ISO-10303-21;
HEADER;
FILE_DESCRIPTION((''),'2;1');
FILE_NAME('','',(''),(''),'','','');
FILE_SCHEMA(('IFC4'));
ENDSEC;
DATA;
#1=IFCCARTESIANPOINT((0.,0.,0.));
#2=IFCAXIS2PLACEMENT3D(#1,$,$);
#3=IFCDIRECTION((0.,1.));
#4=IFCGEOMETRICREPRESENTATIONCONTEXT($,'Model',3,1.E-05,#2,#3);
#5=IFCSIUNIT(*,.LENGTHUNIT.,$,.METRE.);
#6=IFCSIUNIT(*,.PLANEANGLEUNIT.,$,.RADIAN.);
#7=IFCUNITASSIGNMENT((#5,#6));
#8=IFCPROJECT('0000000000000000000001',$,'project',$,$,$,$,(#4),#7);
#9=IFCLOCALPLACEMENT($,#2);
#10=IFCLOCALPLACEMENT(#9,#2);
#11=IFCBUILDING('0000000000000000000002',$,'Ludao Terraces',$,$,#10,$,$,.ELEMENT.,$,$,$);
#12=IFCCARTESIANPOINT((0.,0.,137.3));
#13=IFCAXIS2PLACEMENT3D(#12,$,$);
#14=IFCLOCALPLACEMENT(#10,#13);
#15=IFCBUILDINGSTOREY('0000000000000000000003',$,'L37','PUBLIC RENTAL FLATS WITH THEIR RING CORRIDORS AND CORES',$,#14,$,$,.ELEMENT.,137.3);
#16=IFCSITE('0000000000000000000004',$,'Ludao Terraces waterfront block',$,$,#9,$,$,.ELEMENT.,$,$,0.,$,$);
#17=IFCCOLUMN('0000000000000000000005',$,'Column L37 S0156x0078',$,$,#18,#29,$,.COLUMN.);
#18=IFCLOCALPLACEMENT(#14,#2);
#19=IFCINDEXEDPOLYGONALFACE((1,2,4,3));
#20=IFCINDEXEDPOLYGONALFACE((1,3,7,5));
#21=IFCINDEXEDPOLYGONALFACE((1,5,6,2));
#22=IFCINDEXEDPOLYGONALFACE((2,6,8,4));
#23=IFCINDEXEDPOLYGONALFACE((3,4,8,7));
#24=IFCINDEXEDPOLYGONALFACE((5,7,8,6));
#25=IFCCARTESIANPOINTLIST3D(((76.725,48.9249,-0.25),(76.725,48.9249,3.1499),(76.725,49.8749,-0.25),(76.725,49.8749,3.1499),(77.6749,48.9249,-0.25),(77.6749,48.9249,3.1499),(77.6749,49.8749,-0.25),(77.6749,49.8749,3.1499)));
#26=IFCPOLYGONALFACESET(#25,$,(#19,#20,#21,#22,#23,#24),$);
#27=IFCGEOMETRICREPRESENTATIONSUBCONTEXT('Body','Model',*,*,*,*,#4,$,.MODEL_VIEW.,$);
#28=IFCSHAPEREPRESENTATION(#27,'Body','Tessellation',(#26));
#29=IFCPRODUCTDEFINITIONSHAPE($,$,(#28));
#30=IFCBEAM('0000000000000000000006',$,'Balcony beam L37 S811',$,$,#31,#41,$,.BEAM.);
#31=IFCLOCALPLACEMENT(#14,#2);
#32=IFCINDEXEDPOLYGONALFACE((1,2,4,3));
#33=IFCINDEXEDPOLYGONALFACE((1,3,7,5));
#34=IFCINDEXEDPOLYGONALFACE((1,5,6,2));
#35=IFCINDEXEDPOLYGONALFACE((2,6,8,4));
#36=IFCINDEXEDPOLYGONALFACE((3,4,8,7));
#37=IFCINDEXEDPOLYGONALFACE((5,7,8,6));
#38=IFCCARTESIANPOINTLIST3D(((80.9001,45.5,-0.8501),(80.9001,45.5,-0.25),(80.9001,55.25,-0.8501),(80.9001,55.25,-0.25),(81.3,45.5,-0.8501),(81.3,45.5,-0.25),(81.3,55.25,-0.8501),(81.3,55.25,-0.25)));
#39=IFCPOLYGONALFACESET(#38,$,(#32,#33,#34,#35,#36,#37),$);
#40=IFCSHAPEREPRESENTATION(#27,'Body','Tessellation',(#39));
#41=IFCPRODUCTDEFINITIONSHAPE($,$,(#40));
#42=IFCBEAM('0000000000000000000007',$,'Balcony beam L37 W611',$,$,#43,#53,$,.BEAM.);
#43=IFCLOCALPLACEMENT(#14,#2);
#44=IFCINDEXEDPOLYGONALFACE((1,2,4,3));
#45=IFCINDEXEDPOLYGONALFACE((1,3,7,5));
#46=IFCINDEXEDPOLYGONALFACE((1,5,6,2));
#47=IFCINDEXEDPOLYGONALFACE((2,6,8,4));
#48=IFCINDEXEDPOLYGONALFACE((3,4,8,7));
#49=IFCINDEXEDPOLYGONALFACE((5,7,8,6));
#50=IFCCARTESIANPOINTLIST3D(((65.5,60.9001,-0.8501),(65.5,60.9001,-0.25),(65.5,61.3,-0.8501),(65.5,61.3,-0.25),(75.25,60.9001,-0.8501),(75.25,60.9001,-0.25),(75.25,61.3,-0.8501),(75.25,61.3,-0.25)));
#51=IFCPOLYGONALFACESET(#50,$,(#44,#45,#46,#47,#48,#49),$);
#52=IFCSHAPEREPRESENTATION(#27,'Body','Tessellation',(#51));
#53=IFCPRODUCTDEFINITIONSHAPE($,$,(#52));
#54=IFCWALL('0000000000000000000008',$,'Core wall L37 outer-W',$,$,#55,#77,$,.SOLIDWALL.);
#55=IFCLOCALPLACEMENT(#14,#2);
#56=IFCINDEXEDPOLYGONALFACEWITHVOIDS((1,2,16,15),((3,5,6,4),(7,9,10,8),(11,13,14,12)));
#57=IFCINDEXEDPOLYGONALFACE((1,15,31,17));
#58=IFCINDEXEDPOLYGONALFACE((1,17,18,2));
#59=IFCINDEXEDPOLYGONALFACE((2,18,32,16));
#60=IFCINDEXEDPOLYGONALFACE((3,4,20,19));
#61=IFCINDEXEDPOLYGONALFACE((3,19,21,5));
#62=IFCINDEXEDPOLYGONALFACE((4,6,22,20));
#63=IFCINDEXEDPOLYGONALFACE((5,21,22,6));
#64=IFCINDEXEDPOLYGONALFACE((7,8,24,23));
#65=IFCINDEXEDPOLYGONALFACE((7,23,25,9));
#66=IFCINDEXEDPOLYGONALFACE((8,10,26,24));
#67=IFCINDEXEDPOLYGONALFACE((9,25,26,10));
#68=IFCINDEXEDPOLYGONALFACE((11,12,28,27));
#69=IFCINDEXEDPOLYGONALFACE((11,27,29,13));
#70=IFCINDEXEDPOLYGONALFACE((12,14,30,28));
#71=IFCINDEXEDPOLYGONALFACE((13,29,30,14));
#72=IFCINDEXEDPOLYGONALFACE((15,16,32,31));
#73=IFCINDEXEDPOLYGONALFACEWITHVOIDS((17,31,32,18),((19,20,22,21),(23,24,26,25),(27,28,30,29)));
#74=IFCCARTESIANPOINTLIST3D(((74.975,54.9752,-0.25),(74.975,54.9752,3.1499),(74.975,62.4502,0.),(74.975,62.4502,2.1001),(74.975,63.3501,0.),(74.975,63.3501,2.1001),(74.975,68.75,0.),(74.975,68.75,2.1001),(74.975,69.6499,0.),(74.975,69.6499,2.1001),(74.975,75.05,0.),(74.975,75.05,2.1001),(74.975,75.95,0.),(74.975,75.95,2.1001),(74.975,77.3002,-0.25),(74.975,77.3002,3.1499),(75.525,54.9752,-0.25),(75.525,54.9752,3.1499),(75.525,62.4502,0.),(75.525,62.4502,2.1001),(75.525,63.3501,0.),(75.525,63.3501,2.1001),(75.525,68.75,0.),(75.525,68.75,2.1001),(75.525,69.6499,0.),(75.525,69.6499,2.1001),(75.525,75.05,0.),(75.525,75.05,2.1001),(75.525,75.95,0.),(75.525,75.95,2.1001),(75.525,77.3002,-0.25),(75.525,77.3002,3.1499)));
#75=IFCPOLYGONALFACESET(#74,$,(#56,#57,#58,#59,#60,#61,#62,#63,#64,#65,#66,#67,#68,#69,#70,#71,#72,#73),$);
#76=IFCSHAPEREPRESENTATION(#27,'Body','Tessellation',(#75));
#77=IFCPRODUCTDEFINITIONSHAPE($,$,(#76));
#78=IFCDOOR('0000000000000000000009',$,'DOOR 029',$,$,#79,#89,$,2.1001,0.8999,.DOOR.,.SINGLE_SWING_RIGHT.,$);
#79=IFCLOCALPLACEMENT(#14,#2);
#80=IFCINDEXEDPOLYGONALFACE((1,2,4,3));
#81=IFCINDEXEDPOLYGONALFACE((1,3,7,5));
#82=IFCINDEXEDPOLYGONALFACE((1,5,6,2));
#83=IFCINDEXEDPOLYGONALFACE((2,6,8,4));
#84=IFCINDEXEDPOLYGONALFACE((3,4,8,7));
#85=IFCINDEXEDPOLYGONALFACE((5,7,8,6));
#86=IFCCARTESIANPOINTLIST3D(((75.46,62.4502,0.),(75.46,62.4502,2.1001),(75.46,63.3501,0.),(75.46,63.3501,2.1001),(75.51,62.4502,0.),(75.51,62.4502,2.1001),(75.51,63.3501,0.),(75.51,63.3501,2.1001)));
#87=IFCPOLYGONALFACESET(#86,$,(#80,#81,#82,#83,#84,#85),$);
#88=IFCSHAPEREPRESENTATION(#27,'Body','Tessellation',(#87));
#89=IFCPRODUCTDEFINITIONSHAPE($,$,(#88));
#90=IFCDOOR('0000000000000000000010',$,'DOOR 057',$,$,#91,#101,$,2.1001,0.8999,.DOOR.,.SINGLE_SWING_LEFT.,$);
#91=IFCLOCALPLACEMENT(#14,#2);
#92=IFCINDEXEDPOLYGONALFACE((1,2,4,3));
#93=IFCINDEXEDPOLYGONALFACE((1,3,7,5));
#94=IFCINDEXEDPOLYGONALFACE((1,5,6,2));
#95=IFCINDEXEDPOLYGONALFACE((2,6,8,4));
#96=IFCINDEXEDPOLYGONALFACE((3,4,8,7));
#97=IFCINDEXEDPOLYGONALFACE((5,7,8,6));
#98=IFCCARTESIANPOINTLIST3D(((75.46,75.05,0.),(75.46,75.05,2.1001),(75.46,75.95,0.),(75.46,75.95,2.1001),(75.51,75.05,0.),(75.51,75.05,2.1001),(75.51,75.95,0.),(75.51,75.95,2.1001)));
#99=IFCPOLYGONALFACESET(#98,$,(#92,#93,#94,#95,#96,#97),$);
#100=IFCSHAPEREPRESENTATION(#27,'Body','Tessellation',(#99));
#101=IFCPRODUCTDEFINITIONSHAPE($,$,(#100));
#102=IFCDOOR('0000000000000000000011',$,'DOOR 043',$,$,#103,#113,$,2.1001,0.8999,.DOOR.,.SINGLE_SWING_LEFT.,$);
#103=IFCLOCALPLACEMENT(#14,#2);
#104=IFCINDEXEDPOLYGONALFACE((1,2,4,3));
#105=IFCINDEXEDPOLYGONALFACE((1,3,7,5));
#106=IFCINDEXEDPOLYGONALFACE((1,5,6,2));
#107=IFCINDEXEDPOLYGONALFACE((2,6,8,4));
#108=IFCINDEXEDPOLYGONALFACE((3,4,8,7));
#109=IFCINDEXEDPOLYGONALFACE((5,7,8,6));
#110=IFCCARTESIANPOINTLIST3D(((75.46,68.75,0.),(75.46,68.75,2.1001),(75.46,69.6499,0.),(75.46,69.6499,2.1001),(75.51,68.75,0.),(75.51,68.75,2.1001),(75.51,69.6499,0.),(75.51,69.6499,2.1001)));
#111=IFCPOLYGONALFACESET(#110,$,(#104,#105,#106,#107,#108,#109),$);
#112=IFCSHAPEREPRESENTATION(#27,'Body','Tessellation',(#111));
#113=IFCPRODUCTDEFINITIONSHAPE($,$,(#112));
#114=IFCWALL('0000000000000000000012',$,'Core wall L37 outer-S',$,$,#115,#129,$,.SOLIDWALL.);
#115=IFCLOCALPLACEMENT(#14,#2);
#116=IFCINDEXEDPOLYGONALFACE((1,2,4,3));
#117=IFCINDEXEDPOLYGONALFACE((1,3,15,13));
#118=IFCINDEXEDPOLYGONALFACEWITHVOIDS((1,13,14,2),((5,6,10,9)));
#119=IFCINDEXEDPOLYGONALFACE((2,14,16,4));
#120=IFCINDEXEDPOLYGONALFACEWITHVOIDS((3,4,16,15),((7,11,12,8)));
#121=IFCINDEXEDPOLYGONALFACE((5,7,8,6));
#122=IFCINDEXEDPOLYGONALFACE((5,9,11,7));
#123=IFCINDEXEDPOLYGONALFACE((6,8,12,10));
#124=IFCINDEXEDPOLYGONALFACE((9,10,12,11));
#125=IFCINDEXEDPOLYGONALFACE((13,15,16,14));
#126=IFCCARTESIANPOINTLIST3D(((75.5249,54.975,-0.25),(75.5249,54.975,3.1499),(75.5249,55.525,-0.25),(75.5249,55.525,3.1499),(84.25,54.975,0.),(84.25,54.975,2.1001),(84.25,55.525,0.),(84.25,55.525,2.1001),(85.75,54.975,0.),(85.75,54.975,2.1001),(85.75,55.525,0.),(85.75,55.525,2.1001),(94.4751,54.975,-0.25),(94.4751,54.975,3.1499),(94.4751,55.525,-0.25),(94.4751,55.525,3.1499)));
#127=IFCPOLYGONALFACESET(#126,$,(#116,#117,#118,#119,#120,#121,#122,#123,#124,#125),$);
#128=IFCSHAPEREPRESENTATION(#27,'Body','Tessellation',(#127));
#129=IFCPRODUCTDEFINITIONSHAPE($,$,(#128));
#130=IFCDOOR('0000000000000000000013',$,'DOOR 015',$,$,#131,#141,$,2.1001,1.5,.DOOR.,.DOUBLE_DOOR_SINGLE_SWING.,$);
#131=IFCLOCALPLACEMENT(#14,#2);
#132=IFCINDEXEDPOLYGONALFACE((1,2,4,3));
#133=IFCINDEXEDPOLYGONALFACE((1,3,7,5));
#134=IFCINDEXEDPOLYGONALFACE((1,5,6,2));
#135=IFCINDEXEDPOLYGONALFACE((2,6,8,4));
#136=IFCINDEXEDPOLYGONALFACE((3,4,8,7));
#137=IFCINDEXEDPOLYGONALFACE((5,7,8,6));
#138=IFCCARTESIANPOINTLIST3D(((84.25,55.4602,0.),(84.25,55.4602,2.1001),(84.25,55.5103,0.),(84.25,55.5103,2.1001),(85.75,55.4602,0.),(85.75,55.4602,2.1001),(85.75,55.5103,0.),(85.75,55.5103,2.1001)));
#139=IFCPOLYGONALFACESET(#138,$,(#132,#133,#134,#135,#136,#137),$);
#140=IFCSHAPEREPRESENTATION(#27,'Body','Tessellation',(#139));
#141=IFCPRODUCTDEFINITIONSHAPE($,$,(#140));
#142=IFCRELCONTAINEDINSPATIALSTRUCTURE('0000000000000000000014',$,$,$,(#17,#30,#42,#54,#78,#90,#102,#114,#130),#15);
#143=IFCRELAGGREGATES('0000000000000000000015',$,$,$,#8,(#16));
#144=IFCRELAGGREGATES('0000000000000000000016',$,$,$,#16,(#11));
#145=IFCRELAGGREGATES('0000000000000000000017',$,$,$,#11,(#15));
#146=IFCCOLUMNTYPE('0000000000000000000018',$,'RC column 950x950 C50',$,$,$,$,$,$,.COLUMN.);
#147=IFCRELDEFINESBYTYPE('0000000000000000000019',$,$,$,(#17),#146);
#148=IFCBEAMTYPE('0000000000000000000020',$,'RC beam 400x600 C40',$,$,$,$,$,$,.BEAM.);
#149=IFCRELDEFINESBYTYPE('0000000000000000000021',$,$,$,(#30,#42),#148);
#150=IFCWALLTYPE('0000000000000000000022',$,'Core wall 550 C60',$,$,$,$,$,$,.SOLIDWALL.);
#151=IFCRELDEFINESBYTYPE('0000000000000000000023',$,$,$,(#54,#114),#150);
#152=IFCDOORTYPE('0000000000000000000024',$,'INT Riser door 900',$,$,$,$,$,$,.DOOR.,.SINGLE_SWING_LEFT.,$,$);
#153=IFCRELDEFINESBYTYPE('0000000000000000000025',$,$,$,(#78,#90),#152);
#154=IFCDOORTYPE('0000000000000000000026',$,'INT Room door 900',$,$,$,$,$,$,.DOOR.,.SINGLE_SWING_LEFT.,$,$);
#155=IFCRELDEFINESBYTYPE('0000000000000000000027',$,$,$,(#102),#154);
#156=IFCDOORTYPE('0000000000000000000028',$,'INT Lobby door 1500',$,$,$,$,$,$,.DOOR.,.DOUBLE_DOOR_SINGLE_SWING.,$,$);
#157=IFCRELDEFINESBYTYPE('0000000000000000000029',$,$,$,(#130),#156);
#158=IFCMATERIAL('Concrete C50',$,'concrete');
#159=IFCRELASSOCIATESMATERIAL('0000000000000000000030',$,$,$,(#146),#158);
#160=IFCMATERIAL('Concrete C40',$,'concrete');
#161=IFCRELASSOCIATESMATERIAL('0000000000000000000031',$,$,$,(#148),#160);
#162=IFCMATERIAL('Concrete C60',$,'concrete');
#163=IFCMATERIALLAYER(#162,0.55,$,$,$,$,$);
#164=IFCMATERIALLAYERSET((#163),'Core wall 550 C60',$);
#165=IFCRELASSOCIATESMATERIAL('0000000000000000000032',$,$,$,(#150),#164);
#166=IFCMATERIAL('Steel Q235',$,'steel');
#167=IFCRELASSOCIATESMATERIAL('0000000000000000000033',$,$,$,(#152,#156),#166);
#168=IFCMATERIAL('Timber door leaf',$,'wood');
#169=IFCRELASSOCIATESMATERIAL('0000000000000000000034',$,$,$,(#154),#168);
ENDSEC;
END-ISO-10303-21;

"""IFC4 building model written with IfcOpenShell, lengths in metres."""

from ifc_helpers import new_model, si_unit, direction, frame, frame_2d, origin, origin_2d, place, context, subcontext, project, spatial, rectangle, extrude, material, layer, layer_set, material_profile, profile_set, type_object, element, fill, save


model = new_model("IFC4")

# Units and contexts
model_context = context("Model", 3, precision=1e-05, world=origin(), true_north=direction((0.0, 1.0)))
body_context = subcontext(model_context, "Body", "Model", "MODEL_VIEW")
ifc_project = project(units=[si_unit("LENGTHUNIT", "METRE"), si_unit("PLANEANGLEUNIT", "RADIAN")], contexts=[model_context])

# Site, building, storey
site_placement = place(None, origin())
site = spatial("IfcSite", under=ifc_project, at=site_placement, Name="Ludao Terraces waterfront block", CompositionType="ELEMENT", RefElevation=0.0)
building_placement = place(site_placement, origin())
building = spatial("IfcBuilding", under=site, at=building_placement, Name="Ludao Terraces", CompositionType="ELEMENT")
storey_placement = place(building_placement, frame((0.0, 0.0, 137.3)))
storey = spatial("IfcBuildingStorey", under=building, at=storey_placement, Name="L37", Description="PUBLIC RENTAL FLATS WITH THEIR RING CORRIDORS AND CORES", CompositionType="ELEMENT", Elevation=137.3)

# Column
ifc_material_1 = material(Name="Concrete C50", Category="concrete")
ifc_material_profile_1 = material_profile(ifc_material_1, rectangle(XDim=0.95, YDim=0.95, at=origin_2d()), Name="950 X 950")
ifc_profile_set_1 = profile_set([ifc_material_profile_1], Name="Concrete C50")
column_type = type_object("IfcColumnType", Name="RC column 950x950 C50", PredefinedType="COLUMN", material=ifc_profile_set_1)
column_placement = place(storey_placement, frame((77.2, 49.3999, -0.25), z_axis=(0.0, 0.0, 1.0), x_axis=(1.0, 0.0, 0.0)))
element("IfcColumn", 1, at=column_placement, inside=storey, type_object=column_type, Name="Column L37 S0156x0078", PredefinedType="COLUMN", context=body_context, shape_type="SweptSolid", body=[
    extrude(rectangle(XDim=0.95, YDim=0.95, at=origin_2d()), origin(), (0.0, 0.0, 1.0), 3.3999),
])

# Beams
ifc_material_2 = material(Name="Concrete C40", Category="concrete")
ifc_material_profile_2 = material_profile(ifc_material_2, rectangle(XDim=0.3999, YDim=0.6001, at=origin_2d()), Name="400 X 600")
ifc_profile_set_2 = profile_set([ifc_material_profile_2], Name="Concrete C40")
beam_type = type_object("IfcBeamType", Name="RC beam 400x600 C40", PredefinedType="BEAM", material=ifc_profile_set_2)
for number, where, z_axis, x_axis, name in (
    (2, (81.1001, 55.25, -0.55), (0.0, -1.0, 0.0), (1.0, 0.0, 0.0), "Balcony beam L37 S811"),
    (3, (75.25, 61.1001, -0.55), (-1.0, 0.0, 0.0), (0.0, -1.0, 0.0), "Balcony beam L37 W611"),
):
    element("IfcBeam", number, at=place(storey_placement, frame(where, z_axis=z_axis, x_axis=x_axis)), inside=storey, type_object=beam_type, Name=name, PredefinedType="BEAM", context=body_context, shape_type="SweptSolid", body=[
        extrude(rectangle(XDim=0.3999, YDim=0.6001, at=origin_2d()), origin(), (0.0, 0.0, 1.0), 9.75),
    ])

# Wall, openings, doors
ifc_material_3 = material(Name="Concrete C60", Category="concrete")
ifc_layer_1 = layer(ifc_material_3, 0.55)
ifc_layer_set_1 = layer_set([ifc_layer_1], Name="Core wall 550 C60")
wall_type_1 = type_object("IfcWallType", Name="Core wall 550 C60", PredefinedType="SOLIDWALL", material=ifc_layer_set_1)
wall_1_placement = place(storey_placement, frame((75.25, 54.9751, -0.25), z_axis=(0.0, 0.0, 1.0), x_axis=(0.0, 1.0, 0.0)))
wall_1 = element("IfcWall", 4, at=wall_1_placement, inside=storey, type_object=wall_type_1, Name="Core wall L37 outer-W", PredefinedType="SOLIDWALL", context=body_context, shape_type="SweptSolid", body=[
    extrude(rectangle(XDim=22.325, YDim=0.55, at=frame_2d((11.1626, 0.0))), origin(), (0.0, 0.0, 1.0), 3.3999),
])
opening_1_placement = place(wall_1_placement, frame((7.4751, 0.0, 0.25)))
opening_1 = element("IfcOpeningElement", 5, at=opening_1_placement, cuts=wall_1, PredefinedType="OPENING", context=body_context, shape_type="SweptSolid", body=[
    extrude(rectangle(XDim=0.8999, YDim=2.1001, at=frame_2d((0.45, 1.05))), frame((0.0, 0.2852, 0.0), z_axis=(0.0, -1.0, 0.0), x_axis=(1.0, 0.0, 0.0)), (0.0, 0.0, 1.0), 0.5701),
])
opening_2_placement = place(wall_1_placement, frame((13.7749, 0.0, 0.25)))
opening_2 = element("IfcOpeningElement", 6, at=opening_2_placement, cuts=wall_1, PredefinedType="OPENING", context=body_context, shape_type="SweptSolid", body=[
    extrude(rectangle(XDim=0.8999, YDim=2.1001, at=frame_2d((0.45, 1.05))), frame((0.0, 0.2852, 0.0), z_axis=(0.0, -1.0, 0.0), x_axis=(1.0, 0.0, 0.0)), (0.0, 0.0, 1.0), 0.5701),
])
opening_3_placement = place(wall_1_placement, frame((20.075, 0.0, 0.25)))
opening_3 = element("IfcOpeningElement", 7, at=opening_3_placement, cuts=wall_1, PredefinedType="OPENING", context=body_context, shape_type="SweptSolid", body=[
    extrude(rectangle(XDim=0.8999, YDim=2.1001, at=frame_2d((0.45, 1.05))), frame((0.0, 0.2852, 0.0), z_axis=(0.0, -1.0, 0.0), x_axis=(1.0, 0.0, 0.0)), (0.0, 0.0, 1.0), 0.5701),
])
ifc_material_4 = material(Name="Steel Q235", Category="steel")
door_type_1 = type_object("IfcDoorType", Name="INT Riser door 900", OperationType="SINGLE_SWING_LEFT", PredefinedType="DOOR", material=ifc_material_4)
door_1_placement = place(opening_1_placement, origin())
door_1 = element("IfcDoor", 8, at=door_1_placement, inside=storey, type_object=door_type_1, Name="DOOR 029", OperationType="SINGLE_SWING_RIGHT", OverallHeight=2.1001, OverallWidth=0.8999, PredefinedType="DOOR", context=body_context, shape_type="SweptSolid", body=[
    extrude(rectangle(XDim=0.8999, YDim=2.1001, at=frame_2d((0.45, 1.05))), frame((0.0, -0.21, 0.0), z_axis=(0.0, -1.0, 0.0), x_axis=(1.0, 0.0, 0.0)), (0.0, 0.0, 1.0), 0.05),
])
fill(opening_1, door_1)
door_2_placement = place(opening_3_placement, origin())
door_2 = element("IfcDoor", 9, at=door_2_placement, inside=storey, type_object=door_type_1, Name="DOOR 057", OperationType="SINGLE_SWING_LEFT", OverallHeight=2.1001, OverallWidth=0.8999, PredefinedType="DOOR", context=body_context, shape_type="SweptSolid", body=[
    extrude(rectangle(XDim=0.8999, YDim=2.1001, at=frame_2d((0.45, 1.05))), frame((0.0, -0.21, 0.0), z_axis=(0.0, -1.0, 0.0), x_axis=(1.0, 0.0, 0.0)), (0.0, 0.0, 1.0), 0.05),
])
fill(opening_3, door_2)
ifc_material_5 = material(Name="Timber door leaf", Category="wood")
door_type_2 = type_object("IfcDoorType", Name="INT Room door 900", OperationType="SINGLE_SWING_LEFT", PredefinedType="DOOR", material=ifc_material_5)
door_3_placement = place(opening_2_placement, origin())
door_3 = element("IfcDoor", 10, at=door_3_placement, inside=storey, type_object=door_type_2, Name="DOOR 043", OperationType="SINGLE_SWING_LEFT", OverallHeight=2.1001, OverallWidth=0.8999, PredefinedType="DOOR", context=body_context, shape_type="SweptSolid", body=[
    extrude(rectangle(XDim=0.8999, YDim=2.1001, at=frame_2d((0.45, 1.05))), frame((0.0, -0.21, 0.0), z_axis=(0.0, -1.0, 0.0), x_axis=(1.0, 0.0, 0.0)), (0.0, 0.0, 1.0), 0.05),
])
fill(opening_2, door_3)

# Wall, opening, door
wall_2_placement = place(storey_placement, frame((75.5249, 55.25, -0.25), z_axis=(0.0, 0.0, 1.0), x_axis=(1.0, 0.0, 0.0)))
wall_2 = element("IfcWall", 11, at=wall_2_placement, inside=storey, type_object=wall_type_1, Name="Core wall L37 outer-S", PredefinedType="SOLIDWALL", context=body_context, shape_type="SweptSolid", body=[
    extrude(rectangle(XDim=18.9502, YDim=0.55, at=frame_2d((9.4751, 0.0))), origin(), (0.0, 0.0, 1.0), 3.3999),
])
opening_4_placement = place(wall_2_placement, frame((8.7251, 0.0, 0.25)))
opening_4 = element("IfcOpeningElement", 12, at=opening_4_placement, cuts=wall_2, PredefinedType="OPENING", context=body_context, shape_type="SweptSolid", body=[
    extrude(rectangle(XDim=1.5, YDim=2.1001, at=frame_2d((0.75, 1.05))), frame((0.0, 0.2852, 0.0), z_axis=(0.0, -1.0, 0.0), x_axis=(1.0, 0.0, 0.0)), (0.0, 0.0, 1.0), 0.5701),
])
door_type_3 = type_object("IfcDoorType", Name="INT Lobby door 1500", OperationType="DOUBLE_DOOR_SINGLE_SWING", PredefinedType="DOOR", material=ifc_material_4)
door_4_placement = place(opening_4_placement, origin())
door_4 = element("IfcDoor", 13, at=door_4_placement, inside=storey, type_object=door_type_3, Name="DOOR 015", OperationType="DOUBLE_DOOR_SINGLE_SWING", OverallHeight=2.1001, OverallWidth=1.5, PredefinedType="DOOR", context=body_context, shape_type="SweptSolid", body=[
    extrude(rectangle(XDim=1.5, YDim=2.1001, at=frame_2d((0.75, 1.05))), frame((0.0, 0.2603, 0.0), z_axis=(0.0, -1.0, 0.0), x_axis=(1.0, 0.0, 0.0)), (0.0, 0.0, 1.0), 0.05),
])
fill(opening_4, door_4)

save(model, "model.ifc")
